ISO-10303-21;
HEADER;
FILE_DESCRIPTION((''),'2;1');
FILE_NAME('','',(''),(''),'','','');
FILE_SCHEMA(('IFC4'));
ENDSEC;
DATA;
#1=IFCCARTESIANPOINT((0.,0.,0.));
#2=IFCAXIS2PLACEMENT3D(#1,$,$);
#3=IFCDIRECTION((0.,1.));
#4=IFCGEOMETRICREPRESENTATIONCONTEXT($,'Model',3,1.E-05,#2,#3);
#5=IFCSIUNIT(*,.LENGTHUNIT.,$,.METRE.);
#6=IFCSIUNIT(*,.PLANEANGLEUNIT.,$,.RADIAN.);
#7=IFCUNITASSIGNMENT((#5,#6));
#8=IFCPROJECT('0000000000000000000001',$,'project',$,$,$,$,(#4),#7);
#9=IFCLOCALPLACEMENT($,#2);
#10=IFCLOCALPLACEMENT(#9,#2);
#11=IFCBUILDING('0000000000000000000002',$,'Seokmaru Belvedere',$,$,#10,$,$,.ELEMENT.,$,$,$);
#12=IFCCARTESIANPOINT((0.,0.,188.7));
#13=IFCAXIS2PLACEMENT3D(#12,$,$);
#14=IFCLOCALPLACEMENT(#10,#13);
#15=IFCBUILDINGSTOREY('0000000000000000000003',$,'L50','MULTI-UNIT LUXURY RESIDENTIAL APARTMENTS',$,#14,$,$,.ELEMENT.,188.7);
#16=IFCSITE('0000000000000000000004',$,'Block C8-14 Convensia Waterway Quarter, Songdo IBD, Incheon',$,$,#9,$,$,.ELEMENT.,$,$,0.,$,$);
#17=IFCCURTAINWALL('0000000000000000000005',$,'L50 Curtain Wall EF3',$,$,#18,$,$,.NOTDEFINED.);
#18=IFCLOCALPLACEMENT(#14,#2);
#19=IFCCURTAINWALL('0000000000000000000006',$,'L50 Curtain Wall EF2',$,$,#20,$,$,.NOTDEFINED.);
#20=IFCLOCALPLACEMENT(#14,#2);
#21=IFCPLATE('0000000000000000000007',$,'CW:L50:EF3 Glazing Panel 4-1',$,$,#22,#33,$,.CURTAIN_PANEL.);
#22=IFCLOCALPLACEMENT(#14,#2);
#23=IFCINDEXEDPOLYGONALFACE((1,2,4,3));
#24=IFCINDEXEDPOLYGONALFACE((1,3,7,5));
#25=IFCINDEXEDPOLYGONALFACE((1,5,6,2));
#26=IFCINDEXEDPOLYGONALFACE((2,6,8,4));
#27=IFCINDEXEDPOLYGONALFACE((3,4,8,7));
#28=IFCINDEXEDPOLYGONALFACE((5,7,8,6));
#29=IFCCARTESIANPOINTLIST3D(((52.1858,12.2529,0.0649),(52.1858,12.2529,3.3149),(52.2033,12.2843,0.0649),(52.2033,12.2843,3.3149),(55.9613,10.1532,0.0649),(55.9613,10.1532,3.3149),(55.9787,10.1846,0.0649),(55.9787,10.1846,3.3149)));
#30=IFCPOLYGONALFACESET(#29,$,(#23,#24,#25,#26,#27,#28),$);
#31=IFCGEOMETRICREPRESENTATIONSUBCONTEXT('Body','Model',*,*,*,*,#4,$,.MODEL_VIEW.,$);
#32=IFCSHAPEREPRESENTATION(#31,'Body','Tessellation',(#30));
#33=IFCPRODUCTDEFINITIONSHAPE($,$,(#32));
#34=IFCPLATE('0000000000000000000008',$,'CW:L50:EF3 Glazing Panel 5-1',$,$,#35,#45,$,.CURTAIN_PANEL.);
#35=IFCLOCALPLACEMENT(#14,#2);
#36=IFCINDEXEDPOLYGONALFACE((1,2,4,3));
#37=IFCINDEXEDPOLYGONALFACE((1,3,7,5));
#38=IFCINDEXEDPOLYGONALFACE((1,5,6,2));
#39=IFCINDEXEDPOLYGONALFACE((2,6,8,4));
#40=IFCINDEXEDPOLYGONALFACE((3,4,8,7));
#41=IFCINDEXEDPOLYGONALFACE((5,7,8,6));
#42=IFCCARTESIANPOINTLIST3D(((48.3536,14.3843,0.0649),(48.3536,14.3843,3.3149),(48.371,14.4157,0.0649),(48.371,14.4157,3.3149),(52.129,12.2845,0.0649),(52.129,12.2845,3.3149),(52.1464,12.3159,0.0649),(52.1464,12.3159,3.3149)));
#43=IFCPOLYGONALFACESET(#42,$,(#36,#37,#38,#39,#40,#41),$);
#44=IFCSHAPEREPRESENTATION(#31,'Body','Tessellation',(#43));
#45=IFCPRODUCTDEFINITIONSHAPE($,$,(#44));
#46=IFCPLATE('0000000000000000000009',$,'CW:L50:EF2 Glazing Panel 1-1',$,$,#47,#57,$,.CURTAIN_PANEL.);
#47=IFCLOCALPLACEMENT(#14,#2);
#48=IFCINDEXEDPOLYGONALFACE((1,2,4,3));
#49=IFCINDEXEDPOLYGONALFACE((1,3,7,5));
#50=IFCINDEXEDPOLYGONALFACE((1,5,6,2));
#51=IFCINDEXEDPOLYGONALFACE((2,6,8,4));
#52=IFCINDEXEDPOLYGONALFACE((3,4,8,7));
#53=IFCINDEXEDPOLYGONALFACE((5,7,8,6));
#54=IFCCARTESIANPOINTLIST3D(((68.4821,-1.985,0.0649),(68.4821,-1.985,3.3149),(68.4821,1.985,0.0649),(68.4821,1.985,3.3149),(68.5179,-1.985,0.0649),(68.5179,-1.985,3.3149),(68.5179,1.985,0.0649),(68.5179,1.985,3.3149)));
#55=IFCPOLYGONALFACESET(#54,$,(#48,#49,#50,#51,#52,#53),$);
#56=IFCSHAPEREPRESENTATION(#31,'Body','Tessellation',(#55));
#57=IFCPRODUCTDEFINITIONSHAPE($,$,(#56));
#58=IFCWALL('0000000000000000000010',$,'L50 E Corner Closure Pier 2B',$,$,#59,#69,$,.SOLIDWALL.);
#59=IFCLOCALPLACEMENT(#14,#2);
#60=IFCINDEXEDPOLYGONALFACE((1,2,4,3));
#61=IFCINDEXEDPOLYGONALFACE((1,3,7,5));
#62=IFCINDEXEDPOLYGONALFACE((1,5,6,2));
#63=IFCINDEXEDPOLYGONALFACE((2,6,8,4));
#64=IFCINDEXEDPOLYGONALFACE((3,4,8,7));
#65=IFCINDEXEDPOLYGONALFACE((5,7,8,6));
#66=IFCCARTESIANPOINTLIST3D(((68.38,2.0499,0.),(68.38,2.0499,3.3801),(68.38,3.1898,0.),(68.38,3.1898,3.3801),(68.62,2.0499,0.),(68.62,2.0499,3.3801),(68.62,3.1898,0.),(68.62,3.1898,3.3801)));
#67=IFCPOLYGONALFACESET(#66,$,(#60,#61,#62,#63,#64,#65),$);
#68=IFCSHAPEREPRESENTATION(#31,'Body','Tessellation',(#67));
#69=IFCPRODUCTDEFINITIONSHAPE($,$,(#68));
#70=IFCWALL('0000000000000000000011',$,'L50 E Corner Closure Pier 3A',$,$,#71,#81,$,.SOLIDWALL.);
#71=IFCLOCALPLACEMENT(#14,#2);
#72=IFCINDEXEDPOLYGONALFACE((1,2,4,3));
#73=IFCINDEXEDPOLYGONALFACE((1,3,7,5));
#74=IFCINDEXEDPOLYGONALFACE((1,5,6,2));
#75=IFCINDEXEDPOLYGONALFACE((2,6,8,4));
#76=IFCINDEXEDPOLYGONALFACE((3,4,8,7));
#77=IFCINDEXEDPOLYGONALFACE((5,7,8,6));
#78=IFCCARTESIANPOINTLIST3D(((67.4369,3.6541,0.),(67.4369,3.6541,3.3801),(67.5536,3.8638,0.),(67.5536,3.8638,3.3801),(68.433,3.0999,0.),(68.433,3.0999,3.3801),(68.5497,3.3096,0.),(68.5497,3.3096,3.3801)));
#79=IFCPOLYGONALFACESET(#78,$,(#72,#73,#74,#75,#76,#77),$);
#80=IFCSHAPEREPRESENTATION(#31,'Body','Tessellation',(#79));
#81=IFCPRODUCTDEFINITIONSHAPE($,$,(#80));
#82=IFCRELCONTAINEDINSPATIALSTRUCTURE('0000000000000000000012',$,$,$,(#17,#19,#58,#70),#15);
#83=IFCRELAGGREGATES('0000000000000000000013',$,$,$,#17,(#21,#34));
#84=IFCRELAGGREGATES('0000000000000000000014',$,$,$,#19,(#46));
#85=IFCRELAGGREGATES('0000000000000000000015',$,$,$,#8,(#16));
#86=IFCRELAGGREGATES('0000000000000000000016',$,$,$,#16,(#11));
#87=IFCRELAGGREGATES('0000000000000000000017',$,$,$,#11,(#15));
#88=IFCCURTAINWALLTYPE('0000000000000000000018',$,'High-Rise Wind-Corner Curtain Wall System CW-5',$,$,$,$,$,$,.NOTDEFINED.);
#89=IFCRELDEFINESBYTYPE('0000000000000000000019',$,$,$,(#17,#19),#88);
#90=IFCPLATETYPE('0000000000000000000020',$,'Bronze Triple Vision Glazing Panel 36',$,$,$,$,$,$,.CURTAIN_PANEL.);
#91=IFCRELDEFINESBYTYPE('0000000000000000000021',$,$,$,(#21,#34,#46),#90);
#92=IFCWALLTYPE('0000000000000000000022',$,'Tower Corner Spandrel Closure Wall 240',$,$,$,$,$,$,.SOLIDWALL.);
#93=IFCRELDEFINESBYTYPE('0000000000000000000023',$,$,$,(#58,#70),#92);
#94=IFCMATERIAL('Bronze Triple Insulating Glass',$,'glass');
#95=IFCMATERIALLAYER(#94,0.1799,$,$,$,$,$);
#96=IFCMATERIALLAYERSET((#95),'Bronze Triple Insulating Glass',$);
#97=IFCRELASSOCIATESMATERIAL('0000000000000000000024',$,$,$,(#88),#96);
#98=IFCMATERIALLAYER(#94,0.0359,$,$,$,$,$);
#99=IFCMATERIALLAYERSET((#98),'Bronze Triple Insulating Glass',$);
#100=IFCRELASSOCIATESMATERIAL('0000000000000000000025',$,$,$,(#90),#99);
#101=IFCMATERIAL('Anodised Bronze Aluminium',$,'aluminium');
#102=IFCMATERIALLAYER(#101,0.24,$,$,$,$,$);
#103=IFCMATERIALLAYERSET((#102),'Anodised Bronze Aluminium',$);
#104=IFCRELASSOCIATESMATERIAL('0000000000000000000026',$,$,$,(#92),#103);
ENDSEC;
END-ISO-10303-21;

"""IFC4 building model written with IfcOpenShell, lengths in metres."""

from ifc_helpers import new_model, si_unit, direction, frame, frame_2d, origin, origin_2d, place, context, subcontext, project, spatial, rectangle, extrude, source, transform, mapped, material, layer, layer_set, type_object, element, aggregate, save


model = new_model("IFC4")

# Units and contexts
model_context = context("Model", 3, precision=1e-05, world=origin(), true_north=direction((0.0, 1.0)))
body_context = subcontext(model_context, "Body", "Model", "MODEL_VIEW")
ifc_project = project(units=[si_unit("LENGTHUNIT", "METRE"), si_unit("PLANEANGLEUNIT", "RADIAN")], contexts=[model_context])

# Site, building, storey
site_placement = place(None, origin())
site = spatial("IfcSite", under=ifc_project, at=site_placement, Name="Block C8-14 Convensia Waterway Quarter, Songdo IBD, Incheon", CompositionType="ELEMENT", RefElevation=0.0)
building_placement = place(site_placement, origin())
building = spatial("IfcBuilding", under=site, at=building_placement, Name="Seokmaru Belvedere", CompositionType="ELEMENT")
storey_placement = place(building_placement, frame((0.0, 0.0, 188.7)))
storey = spatial("IfcBuildingStorey", under=building, at=storey_placement, Name="L50", Description="MULTI-UNIT LUXURY RESIDENTIAL APARTMENTS", CompositionType="ELEMENT", Elevation=188.7)

# Curtain walls
ifc_material_1 = material(Name="Bronze Triple Insulating Glass", Category="glass")
ifc_layer_1 = layer(ifc_material_1, 0.1799)
ifc_layer_set_1 = layer_set([ifc_layer_1], Name="Bronze Triple Insulating Glass")
curtain_wall_type = type_object("IfcCurtainWallType", Name="High-Rise Wind-Corner Curtain Wall System CW-5", PredefinedType="NOTDEFINED", material=ifc_layer_set_1)
curtain_wall_1_placement = place(storey_placement, origin())
curtain_wall_1 = element("IfcCurtainWall", 1, at=curtain_wall_1_placement, inside=storey, type_object=curtain_wall_type, Name="L50 Curtain Wall EF3", PredefinedType="NOTDEFINED")
ifc_material_2 = material(Name="Anodised Bronze Aluminium", Category="aluminium")
curtain_wall_2_placement = place(storey_placement, origin())
curtain_wall_2 = element("IfcCurtainWall", 2, at=curtain_wall_2_placement, inside=storey, type_object=curtain_wall_type, Name="L50 Curtain Wall EF2", PredefinedType="NOTDEFINED")

# Plates
ifc_layer_2 = layer(ifc_material_1, 0.0359)
ifc_layer_set_2 = layer_set([ifc_layer_2], Name="Bronze Triple Insulating Glass")
plate_type = type_object("IfcPlateType", Name="Bronze Triple Vision Glazing Panel 36", PredefinedType="CURTAIN_PANEL", material=ifc_layer_set_2)
shared_shape_1 = source(origin(), body_context, "Body", "SweptSolid", [
    extrude(rectangle(XDim=4.3201, YDim=0.0359, at=origin_2d()), origin(), (0.0, 0.0, 1.0), 3.25),
])
plate_1_placement = place(storey_placement, frame((54.0823, 11.2188, 0.0649), z_axis=(0.0, 0.0, 1.0), x_axis=(-0.873933, 0.486047, 0.0)))
plate_1 = element("IfcPlate", 3, at=plate_1_placement, type_object=plate_type, Name="CW:L50:EF3 Glazing Panel 4-1", PredefinedType="CURTAIN_PANEL", context=body_context, shape_type="MappedRepresentation", body=[
    mapped(shared_shape_1, transform((0.0, 0.0, 0.0), scale=1.0)),
])
plate_2_placement = place(storey_placement, frame((50.25, 13.3501, 0.0649), z_axis=(0.0, 0.0, 1.0), x_axis=(-0.873933, 0.486047, 0.0)))
plate_2 = element("IfcPlate", 4, at=plate_2_placement, type_object=plate_type, Name="CW:L50:EF3 Glazing Panel 5-1", PredefinedType="CURTAIN_PANEL", context=body_context, shape_type="MappedRepresentation", body=[
    mapped(shared_shape_1, transform((0.0, 0.0, 0.0), scale=1.0)),
])
aggregate(curtain_wall_1, [plate_1, plate_2])
shared_shape_2 = source(origin(), body_context, "Body", "SweptSolid", [
    extrude(rectangle(XDim=3.97, YDim=0.0359, at=origin_2d()), origin(), (0.0, 0.0, 1.0), 3.25),
])
plate_3_placement = place(storey_placement, frame((68.5, 0.0, 0.0649), z_axis=(0.0, 0.0, 1.0), x_axis=(0.0, 1.0, 0.0)))
plate_3 = element("IfcPlate", 5, at=plate_3_placement, type_object=plate_type, Name="CW:L50:EF2 Glazing Panel 1-1", PredefinedType="CURTAIN_PANEL", context=body_context, shape_type="MappedRepresentation", body=[
    mapped(shared_shape_2, transform((0.0, 0.0, 0.0), scale=1.0)),
])
aggregate(curtain_wall_2, [plate_3])

# Walls
ifc_layer_3 = layer(ifc_material_2, 0.24)
ifc_layer_set_3 = layer_set([ifc_layer_3], Name="Anodised Bronze Aluminium")
wall_type = type_object("IfcWallType", Name="Tower Corner Spandrel Closure Wall 240", PredefinedType="SOLIDWALL", material=ifc_layer_set_3)
for number, where, z_axis, x_axis, name in (
    (6, (68.5, 2.05, 0.0), (0.0, 0.0, 1.0), (0.0, 1.0, 0.0), "L50 E Corner Closure Pier 2B"),
    (7, (68.4912, 3.2048, 0.0), (0.0, 0.0, 1.0), (-0.873854, 0.486188, 0.0), "L50 E Corner Closure Pier 3A"),
):
    element("IfcWall", number, at=place(storey_placement, frame(where, z_axis=z_axis, x_axis=x_axis)), inside=storey, type_object=wall_type, Name=name, PredefinedType="SOLIDWALL", context=body_context, shape_type="SweptSolid", body=[
        extrude(rectangle(XDim=1.1399, YDim=0.24, at=frame_2d((0.5698, 0.0))), origin(), (0.0, 0.0, 1.0), 3.3801),
    ])

save(model, "model.ifc")
